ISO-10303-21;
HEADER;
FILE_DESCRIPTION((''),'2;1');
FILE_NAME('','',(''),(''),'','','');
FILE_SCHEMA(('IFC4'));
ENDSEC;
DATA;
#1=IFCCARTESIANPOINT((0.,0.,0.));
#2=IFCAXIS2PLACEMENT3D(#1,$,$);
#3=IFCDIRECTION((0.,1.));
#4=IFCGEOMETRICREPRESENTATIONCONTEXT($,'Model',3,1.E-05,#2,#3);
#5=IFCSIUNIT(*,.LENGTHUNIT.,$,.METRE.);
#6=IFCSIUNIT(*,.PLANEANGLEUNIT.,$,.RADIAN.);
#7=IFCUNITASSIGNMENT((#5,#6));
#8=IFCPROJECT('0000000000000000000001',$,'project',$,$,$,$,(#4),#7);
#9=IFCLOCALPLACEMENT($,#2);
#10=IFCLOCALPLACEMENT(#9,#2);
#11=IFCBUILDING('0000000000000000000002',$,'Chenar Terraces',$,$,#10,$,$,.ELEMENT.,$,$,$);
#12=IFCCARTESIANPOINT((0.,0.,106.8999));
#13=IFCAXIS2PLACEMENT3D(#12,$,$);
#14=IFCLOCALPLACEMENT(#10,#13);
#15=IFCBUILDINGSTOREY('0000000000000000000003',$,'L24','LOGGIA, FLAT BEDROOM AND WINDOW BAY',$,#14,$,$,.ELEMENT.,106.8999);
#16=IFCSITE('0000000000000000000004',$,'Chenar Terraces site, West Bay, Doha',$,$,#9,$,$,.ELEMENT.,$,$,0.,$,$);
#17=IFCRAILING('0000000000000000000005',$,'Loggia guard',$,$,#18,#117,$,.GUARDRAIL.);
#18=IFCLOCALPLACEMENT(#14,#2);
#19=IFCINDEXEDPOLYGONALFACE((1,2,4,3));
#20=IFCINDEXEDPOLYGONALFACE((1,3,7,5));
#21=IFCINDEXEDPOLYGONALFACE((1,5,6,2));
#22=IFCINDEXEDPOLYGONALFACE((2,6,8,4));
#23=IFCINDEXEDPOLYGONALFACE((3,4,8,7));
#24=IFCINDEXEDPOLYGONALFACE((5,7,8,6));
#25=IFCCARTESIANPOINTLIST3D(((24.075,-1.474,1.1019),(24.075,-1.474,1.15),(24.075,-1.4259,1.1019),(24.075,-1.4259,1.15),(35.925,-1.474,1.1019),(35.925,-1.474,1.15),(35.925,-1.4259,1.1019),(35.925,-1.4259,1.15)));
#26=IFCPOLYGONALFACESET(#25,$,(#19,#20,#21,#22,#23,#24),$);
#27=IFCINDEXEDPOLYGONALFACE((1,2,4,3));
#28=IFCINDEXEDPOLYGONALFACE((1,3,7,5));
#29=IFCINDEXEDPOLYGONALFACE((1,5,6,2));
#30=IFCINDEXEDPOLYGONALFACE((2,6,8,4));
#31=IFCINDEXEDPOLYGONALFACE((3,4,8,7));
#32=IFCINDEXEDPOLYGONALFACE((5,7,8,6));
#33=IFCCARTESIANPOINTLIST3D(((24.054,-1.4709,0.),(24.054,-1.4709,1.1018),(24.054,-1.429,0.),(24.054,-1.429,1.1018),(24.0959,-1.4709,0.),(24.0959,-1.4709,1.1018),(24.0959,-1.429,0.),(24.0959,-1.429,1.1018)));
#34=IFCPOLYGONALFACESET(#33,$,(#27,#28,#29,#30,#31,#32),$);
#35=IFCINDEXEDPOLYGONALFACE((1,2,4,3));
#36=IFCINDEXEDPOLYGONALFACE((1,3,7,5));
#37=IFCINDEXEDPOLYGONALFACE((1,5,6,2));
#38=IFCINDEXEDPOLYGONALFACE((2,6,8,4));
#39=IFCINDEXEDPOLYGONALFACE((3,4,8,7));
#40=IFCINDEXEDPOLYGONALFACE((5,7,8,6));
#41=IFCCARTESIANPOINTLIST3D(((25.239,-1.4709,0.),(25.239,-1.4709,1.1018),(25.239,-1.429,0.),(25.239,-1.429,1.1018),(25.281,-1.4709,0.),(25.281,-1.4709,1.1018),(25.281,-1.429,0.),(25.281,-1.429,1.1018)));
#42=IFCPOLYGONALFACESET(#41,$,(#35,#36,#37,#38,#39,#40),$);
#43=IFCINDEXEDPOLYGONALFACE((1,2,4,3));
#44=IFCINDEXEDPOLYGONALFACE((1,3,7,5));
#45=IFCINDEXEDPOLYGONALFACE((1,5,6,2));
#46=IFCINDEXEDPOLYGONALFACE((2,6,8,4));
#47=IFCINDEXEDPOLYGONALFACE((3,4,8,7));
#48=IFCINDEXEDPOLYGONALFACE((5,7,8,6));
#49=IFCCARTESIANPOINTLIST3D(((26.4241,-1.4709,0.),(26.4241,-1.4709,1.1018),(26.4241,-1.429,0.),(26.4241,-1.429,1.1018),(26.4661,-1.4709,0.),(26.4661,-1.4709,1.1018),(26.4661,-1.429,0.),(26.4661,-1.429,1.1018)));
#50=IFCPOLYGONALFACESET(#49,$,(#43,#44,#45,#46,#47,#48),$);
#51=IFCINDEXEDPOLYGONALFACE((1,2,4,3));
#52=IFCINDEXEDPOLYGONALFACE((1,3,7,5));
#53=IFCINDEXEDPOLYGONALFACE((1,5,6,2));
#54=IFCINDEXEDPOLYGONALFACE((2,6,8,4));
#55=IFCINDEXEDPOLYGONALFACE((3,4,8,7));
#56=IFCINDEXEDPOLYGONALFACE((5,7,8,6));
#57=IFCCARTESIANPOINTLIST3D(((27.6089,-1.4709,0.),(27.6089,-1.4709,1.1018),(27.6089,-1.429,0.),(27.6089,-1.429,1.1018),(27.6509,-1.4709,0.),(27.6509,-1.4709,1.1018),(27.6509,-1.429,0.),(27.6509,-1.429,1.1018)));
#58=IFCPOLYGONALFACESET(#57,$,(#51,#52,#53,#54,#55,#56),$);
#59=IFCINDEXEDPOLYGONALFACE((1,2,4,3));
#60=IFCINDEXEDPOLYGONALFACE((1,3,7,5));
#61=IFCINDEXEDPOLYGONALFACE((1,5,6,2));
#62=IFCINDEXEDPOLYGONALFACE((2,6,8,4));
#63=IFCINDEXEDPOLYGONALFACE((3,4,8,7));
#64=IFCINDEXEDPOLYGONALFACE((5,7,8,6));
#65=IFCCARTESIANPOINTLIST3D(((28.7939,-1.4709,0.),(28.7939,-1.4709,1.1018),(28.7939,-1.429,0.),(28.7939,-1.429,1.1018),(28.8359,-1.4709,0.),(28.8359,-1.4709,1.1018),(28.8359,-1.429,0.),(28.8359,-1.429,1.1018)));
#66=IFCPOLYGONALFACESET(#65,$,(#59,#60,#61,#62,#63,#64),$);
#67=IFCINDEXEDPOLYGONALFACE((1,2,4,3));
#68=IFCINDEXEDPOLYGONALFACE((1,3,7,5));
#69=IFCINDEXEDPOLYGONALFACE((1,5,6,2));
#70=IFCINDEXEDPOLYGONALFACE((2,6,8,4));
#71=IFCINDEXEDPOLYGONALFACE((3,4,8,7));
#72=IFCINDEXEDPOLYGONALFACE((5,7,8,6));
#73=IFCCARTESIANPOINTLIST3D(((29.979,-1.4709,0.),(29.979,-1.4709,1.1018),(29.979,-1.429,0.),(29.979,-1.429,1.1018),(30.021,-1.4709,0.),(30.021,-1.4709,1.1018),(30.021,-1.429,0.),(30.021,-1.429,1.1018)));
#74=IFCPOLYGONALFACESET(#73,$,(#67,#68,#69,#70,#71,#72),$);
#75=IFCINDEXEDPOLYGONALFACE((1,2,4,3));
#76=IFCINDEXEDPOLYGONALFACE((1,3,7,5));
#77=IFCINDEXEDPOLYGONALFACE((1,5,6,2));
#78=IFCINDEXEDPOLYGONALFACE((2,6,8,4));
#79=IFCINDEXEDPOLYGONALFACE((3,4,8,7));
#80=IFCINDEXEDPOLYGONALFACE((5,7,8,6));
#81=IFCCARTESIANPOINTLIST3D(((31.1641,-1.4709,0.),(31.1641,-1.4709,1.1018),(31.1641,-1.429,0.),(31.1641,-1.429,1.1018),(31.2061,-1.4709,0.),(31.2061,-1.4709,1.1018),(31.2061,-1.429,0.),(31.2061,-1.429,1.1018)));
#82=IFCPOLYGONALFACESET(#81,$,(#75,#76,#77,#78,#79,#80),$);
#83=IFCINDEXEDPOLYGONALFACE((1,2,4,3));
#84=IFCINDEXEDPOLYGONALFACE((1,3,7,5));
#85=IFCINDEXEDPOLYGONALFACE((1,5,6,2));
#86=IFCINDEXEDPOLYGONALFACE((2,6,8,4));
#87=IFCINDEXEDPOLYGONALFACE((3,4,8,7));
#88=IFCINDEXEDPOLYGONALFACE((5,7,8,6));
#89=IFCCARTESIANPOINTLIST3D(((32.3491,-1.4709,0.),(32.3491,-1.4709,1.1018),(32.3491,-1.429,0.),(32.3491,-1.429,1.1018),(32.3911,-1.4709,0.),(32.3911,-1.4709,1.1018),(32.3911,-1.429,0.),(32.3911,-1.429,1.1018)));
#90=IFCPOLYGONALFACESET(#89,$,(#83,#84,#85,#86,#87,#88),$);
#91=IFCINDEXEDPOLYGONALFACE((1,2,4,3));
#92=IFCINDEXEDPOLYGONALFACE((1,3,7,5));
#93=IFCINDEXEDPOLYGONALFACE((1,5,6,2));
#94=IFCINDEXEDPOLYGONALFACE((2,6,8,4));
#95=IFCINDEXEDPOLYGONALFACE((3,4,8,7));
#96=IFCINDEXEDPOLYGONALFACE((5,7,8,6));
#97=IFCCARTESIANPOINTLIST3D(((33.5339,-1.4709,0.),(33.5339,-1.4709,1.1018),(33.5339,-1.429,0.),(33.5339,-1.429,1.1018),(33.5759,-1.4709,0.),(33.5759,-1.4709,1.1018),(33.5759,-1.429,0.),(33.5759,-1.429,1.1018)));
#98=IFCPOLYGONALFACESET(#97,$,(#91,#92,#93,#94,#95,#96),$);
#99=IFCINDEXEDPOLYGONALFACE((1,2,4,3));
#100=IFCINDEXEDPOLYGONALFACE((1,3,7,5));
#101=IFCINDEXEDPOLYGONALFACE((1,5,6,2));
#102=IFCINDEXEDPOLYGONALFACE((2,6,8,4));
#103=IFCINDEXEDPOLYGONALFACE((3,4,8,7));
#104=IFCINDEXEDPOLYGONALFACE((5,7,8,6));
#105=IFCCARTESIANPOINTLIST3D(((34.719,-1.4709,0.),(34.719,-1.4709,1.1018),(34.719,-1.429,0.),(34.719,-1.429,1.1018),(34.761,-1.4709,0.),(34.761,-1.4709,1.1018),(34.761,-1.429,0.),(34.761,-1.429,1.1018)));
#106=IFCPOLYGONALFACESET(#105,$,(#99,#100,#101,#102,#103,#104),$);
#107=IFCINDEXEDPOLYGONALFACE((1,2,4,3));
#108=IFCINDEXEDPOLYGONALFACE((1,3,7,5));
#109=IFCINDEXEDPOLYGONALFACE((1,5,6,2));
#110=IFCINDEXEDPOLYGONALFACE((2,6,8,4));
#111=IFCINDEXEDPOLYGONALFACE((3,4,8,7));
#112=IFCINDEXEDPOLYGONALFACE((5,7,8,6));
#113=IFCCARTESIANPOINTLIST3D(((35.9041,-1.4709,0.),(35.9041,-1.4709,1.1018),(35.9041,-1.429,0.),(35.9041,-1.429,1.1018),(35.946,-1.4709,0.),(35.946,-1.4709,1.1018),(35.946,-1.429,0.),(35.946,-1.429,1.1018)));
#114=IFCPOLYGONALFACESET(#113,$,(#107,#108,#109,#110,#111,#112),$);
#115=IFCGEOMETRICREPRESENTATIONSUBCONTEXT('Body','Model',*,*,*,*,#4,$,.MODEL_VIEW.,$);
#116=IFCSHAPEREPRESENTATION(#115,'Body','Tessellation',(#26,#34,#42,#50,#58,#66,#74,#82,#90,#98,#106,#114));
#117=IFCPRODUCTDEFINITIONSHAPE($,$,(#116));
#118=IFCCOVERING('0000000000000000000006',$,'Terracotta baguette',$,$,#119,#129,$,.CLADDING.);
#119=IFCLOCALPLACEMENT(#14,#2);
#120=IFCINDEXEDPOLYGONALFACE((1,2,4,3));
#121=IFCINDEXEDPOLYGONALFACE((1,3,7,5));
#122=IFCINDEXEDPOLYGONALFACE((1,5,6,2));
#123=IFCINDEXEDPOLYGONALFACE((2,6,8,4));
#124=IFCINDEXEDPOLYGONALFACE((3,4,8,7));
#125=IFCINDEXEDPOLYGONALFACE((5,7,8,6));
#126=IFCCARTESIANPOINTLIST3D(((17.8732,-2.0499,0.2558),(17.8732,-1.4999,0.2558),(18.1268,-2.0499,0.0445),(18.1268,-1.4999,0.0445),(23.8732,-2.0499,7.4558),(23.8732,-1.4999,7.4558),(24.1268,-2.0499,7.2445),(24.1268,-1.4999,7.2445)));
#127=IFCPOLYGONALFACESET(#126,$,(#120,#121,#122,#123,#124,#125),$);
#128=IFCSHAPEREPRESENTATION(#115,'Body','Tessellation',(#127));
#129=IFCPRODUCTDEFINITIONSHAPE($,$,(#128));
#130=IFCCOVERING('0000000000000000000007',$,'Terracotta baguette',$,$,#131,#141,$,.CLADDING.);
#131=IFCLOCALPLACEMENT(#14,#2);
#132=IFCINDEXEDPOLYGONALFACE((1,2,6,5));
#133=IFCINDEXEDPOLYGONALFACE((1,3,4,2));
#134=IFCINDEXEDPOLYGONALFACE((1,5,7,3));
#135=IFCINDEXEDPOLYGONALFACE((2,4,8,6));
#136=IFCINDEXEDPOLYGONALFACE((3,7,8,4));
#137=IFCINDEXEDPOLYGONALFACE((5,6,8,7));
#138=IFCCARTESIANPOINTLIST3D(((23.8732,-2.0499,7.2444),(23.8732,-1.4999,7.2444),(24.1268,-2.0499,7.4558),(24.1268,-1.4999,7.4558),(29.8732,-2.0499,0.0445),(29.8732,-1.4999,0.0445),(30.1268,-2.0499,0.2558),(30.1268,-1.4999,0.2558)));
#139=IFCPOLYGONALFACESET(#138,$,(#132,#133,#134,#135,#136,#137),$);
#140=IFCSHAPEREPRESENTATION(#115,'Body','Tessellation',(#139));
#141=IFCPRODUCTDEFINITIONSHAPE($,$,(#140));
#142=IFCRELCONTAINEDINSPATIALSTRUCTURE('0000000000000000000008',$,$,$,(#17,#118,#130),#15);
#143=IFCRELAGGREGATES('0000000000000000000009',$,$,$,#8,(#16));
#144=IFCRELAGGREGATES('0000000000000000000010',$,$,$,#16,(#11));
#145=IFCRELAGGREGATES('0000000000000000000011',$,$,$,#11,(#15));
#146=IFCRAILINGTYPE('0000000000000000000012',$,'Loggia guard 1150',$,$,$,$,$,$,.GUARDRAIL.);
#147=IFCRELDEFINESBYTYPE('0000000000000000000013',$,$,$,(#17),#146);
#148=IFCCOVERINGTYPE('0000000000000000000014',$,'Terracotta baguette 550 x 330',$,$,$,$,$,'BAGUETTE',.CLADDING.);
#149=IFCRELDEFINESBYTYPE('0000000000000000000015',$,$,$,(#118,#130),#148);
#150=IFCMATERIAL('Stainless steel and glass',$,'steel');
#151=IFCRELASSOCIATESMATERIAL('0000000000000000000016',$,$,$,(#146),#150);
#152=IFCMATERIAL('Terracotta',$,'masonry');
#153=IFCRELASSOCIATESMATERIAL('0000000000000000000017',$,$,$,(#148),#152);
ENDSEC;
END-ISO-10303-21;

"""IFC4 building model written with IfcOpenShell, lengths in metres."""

from ifc_helpers import new_model, si_unit, direction, frame, origin, origin_2d, place, context, subcontext, project, spatial, rectangle, extrude, material, material_profile, profile_set, type_object, element, save


model = new_model("IFC4")

# Units and contexts
model_context = context("Model", 3, precision=1e-05, world=origin(), true_north=direction((0.0, 1.0)))
body_context = subcontext(model_context, "Body", "Model", "MODEL_VIEW")
ifc_project = project(units=[si_unit("LENGTHUNIT", "METRE"), si_unit("PLANEANGLEUNIT", "RADIAN")], contexts=[model_context])

# Site, building, storey
site_placement = place(None, origin())
site = spatial("IfcSite", under=ifc_project, at=site_placement, Name="Chenar Terraces site, West Bay, Doha", CompositionType="ELEMENT", RefElevation=0.0)
building_placement = place(site_placement, origin())
building = spatial("IfcBuilding", under=site, at=building_placement, Name="Chenar Terraces", CompositionType="ELEMENT")
storey_placement = place(building_placement, frame((0.0, 0.0, 106.8999)))
storey = spatial("IfcBuildingStorey", under=building, at=storey_placement, Name="L24", Description="LOGGIA, FLAT BEDROOM AND WINDOW BAY", CompositionType="ELEMENT", Elevation=106.8999)

# Railing
ifc_material_1 = material(Name="Stainless steel and glass", Category="steel")
railing_type = type_object("IfcRailingType", Name="Loggia guard 1150", PredefinedType="GUARDRAIL", material=ifc_material_1)
railing_placement = place(storey_placement, frame((24.075, -1.45, 0.0)))
element("IfcRailing", 1, at=railing_placement, inside=storey, type_object=railing_type, Name="Loggia guard", PredefinedType="GUARDRAIL", context=body_context, shape_type="SweptSolid", body=[
    extrude(rectangle(XDim=0.0481, YDim=0.0481, at=origin_2d()), frame((0.0, 0.0, 1.126), z_axis=(1.0, 0.0, 0.0), x_axis=(0.0, 1.0, 0.0)), (0.0, 0.0, 1.0), 11.8501),
    extrude(rectangle(XDim=0.042, YDim=0.042, at=origin_2d()), origin(), (0.0, 0.0, 1.0), 1.1018),
    extrude(rectangle(XDim=0.042, YDim=0.042, at=origin_2d()), frame((1.1851, 0.0, 0.0)), (0.0, 0.0, 1.0), 1.1018),
    extrude(rectangle(XDim=0.042, YDim=0.042, at=origin_2d()), frame((2.3701, 0.0, 0.0)), (0.0, 0.0, 1.0), 1.1018),
    extrude(rectangle(XDim=0.042, YDim=0.042, at=origin_2d()), frame((3.5549, 0.0, 0.0)), (0.0, 0.0, 1.0), 1.1018),
    extrude(rectangle(XDim=0.042, YDim=0.042, at=origin_2d()), frame((4.74, 0.0, 0.0)), (0.0, 0.0, 1.0), 1.1018),
    extrude(rectangle(XDim=0.042, YDim=0.042, at=origin_2d()), frame((5.925, 0.0, 0.0)), (0.0, 0.0, 1.0), 1.1018),
    extrude(rectangle(XDim=0.042, YDim=0.042, at=origin_2d()), frame((7.1101, 0.0, 0.0)), (0.0, 0.0, 1.0), 1.1018),
    extrude(rectangle(XDim=0.042, YDim=0.042, at=origin_2d()), frame((8.2952, 0.0, 0.0)), (0.0, 0.0, 1.0), 1.1018),
    extrude(rectangle(XDim=0.042, YDim=0.042, at=origin_2d()), frame((9.48, 0.0, 0.0)), (0.0, 0.0, 1.0), 1.1018),
    extrude(rectangle(XDim=0.042, YDim=0.042, at=origin_2d()), frame((10.665, 0.0, 0.0)), (0.0, 0.0, 1.0), 1.1018),
    extrude(rectangle(XDim=0.042, YDim=0.042, at=origin_2d()), frame((11.8501, 0.0, 0.0)), (0.0, 0.0, 1.0), 1.1018),
])

# Coverings
ifc_material_2 = material(Name="Terracotta", Category="masonry")
ifc_material_profile_1 = material_profile(ifc_material_2, rectangle(XDim=0.55, YDim=0.3301, at=origin_2d()), Name="Terracotta baguette 550 x 330")
ifc_profile_set_1 = profile_set([ifc_material_profile_1], Name="Terracotta")
covering_type = type_object("IfcCoveringType", Name="Terracotta baguette 550 x 330", ElementType="BAGUETTE", PredefinedType="CLADDING", material=ifc_profile_set_1)
for number, where, z_axis, x_axis, name in (
    (2, (18.0, -1.7749, 0.1501), (0.640187, 0.0, 0.768219), (0.0, 1.0, 0.0), "Terracotta baguette"),
    (3, (24.0, -1.7749, 7.3501), (0.640187, 0.0, -0.768219), (0.0, 1.0, 0.0), "Terracotta baguette"),
):
    element("IfcCovering", number, at=place(storey_placement, frame(where, z_axis=z_axis, x_axis=x_axis)), inside=storey, type_object=covering_type, Name=name, PredefinedType="CLADDING", context=body_context, shape_type="SweptSolid", body=[
        extrude(rectangle(XDim=0.55, YDim=0.3301, at=origin_2d()), origin(), (0.0, 0.0, 1.0), 9.3723),
    ])

save(model, "model.ifc")
